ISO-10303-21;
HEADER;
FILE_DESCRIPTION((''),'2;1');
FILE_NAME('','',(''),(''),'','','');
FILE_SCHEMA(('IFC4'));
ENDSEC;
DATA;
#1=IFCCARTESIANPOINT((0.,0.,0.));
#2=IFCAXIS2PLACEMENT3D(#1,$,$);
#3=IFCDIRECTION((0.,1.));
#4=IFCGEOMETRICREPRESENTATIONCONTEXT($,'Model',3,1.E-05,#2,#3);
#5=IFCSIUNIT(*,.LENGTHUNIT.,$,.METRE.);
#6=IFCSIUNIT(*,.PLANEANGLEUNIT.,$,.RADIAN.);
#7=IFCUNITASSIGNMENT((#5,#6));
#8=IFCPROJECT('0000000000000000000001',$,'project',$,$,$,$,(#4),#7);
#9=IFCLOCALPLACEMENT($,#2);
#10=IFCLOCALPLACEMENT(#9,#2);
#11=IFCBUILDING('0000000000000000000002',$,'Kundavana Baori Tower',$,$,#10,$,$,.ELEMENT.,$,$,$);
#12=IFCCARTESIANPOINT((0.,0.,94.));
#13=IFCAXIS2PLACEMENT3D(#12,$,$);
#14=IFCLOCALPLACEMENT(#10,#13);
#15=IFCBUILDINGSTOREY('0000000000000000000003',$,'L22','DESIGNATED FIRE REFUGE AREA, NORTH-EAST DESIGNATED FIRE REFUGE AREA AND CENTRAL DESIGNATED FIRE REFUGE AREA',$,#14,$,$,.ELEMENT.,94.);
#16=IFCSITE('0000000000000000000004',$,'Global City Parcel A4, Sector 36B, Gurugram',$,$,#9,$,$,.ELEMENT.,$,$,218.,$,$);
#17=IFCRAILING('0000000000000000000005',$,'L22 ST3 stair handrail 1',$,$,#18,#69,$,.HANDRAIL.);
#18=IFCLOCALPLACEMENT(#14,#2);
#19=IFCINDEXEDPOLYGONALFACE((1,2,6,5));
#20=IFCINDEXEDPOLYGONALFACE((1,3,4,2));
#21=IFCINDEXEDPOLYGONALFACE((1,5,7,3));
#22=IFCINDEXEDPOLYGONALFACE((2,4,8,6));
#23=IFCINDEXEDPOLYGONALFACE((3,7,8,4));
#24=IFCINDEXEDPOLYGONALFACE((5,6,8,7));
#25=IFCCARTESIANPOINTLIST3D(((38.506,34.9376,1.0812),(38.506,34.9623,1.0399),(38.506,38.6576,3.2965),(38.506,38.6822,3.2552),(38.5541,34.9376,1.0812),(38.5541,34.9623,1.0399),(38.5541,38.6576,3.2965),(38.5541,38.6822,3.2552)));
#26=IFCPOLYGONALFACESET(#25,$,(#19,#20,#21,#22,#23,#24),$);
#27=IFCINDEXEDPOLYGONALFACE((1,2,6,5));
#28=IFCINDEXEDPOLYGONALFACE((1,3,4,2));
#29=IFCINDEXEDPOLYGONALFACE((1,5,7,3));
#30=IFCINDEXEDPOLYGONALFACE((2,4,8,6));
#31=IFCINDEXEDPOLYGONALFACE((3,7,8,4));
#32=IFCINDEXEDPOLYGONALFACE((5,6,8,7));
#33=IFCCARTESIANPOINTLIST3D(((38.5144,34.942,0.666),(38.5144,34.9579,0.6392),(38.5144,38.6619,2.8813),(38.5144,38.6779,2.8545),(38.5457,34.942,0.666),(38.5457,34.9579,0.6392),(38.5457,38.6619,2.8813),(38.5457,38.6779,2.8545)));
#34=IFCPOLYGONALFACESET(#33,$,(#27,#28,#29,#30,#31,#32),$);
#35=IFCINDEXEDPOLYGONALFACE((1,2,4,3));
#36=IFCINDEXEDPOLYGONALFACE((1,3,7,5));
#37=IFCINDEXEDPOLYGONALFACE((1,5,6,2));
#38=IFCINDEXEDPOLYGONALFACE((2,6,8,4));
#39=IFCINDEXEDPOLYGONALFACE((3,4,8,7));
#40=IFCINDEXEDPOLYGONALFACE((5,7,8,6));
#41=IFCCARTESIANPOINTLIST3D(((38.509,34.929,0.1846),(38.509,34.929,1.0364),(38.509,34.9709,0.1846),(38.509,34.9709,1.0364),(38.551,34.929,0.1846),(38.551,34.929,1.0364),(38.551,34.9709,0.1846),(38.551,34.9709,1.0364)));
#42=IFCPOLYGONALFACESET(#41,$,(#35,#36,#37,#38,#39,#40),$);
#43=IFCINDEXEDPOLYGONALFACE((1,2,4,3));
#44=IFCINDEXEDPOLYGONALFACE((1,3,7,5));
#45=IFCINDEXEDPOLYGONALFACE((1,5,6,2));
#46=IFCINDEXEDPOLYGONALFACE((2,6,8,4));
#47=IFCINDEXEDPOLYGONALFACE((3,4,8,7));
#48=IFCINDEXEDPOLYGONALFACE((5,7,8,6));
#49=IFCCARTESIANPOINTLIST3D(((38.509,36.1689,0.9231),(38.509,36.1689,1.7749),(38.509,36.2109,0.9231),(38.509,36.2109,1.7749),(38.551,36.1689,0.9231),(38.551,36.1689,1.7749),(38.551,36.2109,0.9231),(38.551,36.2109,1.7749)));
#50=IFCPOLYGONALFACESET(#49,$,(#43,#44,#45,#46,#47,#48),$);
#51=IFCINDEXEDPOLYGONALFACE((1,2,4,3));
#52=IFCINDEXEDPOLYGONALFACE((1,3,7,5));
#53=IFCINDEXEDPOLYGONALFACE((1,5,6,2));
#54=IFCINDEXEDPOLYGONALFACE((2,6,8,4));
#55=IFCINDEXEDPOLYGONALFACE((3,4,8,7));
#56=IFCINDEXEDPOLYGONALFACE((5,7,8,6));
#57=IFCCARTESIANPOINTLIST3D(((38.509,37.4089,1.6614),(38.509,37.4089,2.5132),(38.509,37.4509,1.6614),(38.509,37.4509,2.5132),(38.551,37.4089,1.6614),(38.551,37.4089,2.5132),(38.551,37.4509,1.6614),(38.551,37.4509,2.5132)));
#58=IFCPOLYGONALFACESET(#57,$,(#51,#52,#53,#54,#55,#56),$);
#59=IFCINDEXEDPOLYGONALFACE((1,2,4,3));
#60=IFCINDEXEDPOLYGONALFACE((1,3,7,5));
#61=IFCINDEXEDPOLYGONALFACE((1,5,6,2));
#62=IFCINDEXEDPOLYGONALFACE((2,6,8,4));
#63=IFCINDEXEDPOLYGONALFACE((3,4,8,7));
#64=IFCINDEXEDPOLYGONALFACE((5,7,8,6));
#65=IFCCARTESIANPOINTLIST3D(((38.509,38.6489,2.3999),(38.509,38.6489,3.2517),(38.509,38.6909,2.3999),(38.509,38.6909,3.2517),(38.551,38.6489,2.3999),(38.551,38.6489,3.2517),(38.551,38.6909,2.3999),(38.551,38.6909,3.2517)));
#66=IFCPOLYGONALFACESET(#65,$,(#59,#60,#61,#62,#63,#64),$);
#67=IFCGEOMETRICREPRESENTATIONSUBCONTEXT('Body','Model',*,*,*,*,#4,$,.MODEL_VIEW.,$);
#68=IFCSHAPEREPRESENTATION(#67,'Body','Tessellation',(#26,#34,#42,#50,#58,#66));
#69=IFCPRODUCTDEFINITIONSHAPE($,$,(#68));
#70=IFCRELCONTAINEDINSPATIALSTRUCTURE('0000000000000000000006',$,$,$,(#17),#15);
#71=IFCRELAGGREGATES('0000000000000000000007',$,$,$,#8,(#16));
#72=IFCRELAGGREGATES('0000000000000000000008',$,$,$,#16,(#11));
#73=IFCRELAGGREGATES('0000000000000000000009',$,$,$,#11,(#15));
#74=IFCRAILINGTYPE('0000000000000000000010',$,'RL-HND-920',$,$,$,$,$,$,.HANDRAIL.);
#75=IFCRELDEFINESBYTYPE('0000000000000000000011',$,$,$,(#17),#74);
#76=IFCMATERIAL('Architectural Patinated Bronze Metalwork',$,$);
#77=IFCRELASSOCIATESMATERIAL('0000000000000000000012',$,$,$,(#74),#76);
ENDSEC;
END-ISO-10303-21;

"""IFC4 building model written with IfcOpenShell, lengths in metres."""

from ifc_helpers import new_model, si_unit, direction, frame, origin, origin_2d, place, context, subcontext, project, spatial, rectangle, extrude, material, type_object, element, save


model = new_model("IFC4")

# Units and contexts
model_context = context("Model", 3, precision=1e-05, world=origin(), true_north=direction((0.0, 1.0)))
body_context = subcontext(model_context, "Body", "Model", "MODEL_VIEW")
ifc_project = project(units=[si_unit("LENGTHUNIT", "METRE"), si_unit("PLANEANGLEUNIT", "RADIAN")], contexts=[model_context])

# Site, building, storey
site_placement = place(None, origin())
site = spatial("IfcSite", under=ifc_project, at=site_placement, Name="Global City Parcel A4, Sector 36B, Gurugram", CompositionType="ELEMENT", RefElevation=218.0)
building_placement = place(site_placement, origin())
building = spatial("IfcBuilding", under=site, at=building_placement, Name="Kundavana Baori Tower", CompositionType="ELEMENT")
storey_placement = place(building_placement, frame((0.0, 0.0, 94.0)))
storey = spatial("IfcBuildingStorey", under=building, at=storey_placement, Name="L22", Description="DESIGNATED FIRE REFUGE AREA, NORTH-EAST DESIGNATED FIRE REFUGE AREA AND CENTRAL DESIGNATED FIRE REFUGE AREA", CompositionType="ELEMENT", Elevation=94.0)

# Railing
ifc_material_1 = material(Name="Architectural Patinated Bronze Metalwork")
railing_type_1 = type_object("IfcRailingType", Name="RL-HND-920", PredefinedType="HANDRAIL", material=ifc_material_1)
railing_1_placement = place(storey_placement, frame((38.53, 34.95, 0.1846)))
element("IfcRailing", 1, at=railing_1_placement, inside=storey, type_object=railing_type_1, Name="L22 ST3 stair handrail 1", PredefinedType="HANDRAIL", context=body_context, shape_type="SweptSolid", body=[
    extrude(rectangle(XDim=0.0481, YDim=0.0481, at=origin_2d()), frame((0.0, 0.0, 0.876), z_axis=(0.0, 0.859185, 0.511665), x_axis=(-1.0, 0.0, 0.0)), (0.0, 0.0, 1.0), 4.3296),
    extrude(rectangle(XDim=0.0312, YDim=0.0312, at=origin_2d()), frame((0.0, 0.0, 0.468), z_axis=(0.0, 0.859185, 0.511665), x_axis=(-1.0, 0.0, 0.0)), (0.0, 0.0, 1.0), 4.3296),
    extrude(rectangle(XDim=0.042, YDim=0.042, at=origin_2d()), origin(), (0.0, 0.0, 1.0), 0.8518),
    extrude(rectangle(XDim=0.042, YDim=0.042, at=origin_2d()), frame((0.0, 1.24, 0.7385)), (0.0, 0.0, 1.0), 0.8518),
    extrude(rectangle(XDim=0.042, YDim=0.042, at=origin_2d()), frame((0.0, 2.48, 1.4768)), (0.0, 0.0, 1.0), 0.8518),
    extrude(rectangle(XDim=0.042, YDim=0.042, at=origin_2d()), frame((0.0, 3.72, 2.2153)), (0.0, 0.0, 1.0), 0.8518),
])

save(model, "model.ifc")
